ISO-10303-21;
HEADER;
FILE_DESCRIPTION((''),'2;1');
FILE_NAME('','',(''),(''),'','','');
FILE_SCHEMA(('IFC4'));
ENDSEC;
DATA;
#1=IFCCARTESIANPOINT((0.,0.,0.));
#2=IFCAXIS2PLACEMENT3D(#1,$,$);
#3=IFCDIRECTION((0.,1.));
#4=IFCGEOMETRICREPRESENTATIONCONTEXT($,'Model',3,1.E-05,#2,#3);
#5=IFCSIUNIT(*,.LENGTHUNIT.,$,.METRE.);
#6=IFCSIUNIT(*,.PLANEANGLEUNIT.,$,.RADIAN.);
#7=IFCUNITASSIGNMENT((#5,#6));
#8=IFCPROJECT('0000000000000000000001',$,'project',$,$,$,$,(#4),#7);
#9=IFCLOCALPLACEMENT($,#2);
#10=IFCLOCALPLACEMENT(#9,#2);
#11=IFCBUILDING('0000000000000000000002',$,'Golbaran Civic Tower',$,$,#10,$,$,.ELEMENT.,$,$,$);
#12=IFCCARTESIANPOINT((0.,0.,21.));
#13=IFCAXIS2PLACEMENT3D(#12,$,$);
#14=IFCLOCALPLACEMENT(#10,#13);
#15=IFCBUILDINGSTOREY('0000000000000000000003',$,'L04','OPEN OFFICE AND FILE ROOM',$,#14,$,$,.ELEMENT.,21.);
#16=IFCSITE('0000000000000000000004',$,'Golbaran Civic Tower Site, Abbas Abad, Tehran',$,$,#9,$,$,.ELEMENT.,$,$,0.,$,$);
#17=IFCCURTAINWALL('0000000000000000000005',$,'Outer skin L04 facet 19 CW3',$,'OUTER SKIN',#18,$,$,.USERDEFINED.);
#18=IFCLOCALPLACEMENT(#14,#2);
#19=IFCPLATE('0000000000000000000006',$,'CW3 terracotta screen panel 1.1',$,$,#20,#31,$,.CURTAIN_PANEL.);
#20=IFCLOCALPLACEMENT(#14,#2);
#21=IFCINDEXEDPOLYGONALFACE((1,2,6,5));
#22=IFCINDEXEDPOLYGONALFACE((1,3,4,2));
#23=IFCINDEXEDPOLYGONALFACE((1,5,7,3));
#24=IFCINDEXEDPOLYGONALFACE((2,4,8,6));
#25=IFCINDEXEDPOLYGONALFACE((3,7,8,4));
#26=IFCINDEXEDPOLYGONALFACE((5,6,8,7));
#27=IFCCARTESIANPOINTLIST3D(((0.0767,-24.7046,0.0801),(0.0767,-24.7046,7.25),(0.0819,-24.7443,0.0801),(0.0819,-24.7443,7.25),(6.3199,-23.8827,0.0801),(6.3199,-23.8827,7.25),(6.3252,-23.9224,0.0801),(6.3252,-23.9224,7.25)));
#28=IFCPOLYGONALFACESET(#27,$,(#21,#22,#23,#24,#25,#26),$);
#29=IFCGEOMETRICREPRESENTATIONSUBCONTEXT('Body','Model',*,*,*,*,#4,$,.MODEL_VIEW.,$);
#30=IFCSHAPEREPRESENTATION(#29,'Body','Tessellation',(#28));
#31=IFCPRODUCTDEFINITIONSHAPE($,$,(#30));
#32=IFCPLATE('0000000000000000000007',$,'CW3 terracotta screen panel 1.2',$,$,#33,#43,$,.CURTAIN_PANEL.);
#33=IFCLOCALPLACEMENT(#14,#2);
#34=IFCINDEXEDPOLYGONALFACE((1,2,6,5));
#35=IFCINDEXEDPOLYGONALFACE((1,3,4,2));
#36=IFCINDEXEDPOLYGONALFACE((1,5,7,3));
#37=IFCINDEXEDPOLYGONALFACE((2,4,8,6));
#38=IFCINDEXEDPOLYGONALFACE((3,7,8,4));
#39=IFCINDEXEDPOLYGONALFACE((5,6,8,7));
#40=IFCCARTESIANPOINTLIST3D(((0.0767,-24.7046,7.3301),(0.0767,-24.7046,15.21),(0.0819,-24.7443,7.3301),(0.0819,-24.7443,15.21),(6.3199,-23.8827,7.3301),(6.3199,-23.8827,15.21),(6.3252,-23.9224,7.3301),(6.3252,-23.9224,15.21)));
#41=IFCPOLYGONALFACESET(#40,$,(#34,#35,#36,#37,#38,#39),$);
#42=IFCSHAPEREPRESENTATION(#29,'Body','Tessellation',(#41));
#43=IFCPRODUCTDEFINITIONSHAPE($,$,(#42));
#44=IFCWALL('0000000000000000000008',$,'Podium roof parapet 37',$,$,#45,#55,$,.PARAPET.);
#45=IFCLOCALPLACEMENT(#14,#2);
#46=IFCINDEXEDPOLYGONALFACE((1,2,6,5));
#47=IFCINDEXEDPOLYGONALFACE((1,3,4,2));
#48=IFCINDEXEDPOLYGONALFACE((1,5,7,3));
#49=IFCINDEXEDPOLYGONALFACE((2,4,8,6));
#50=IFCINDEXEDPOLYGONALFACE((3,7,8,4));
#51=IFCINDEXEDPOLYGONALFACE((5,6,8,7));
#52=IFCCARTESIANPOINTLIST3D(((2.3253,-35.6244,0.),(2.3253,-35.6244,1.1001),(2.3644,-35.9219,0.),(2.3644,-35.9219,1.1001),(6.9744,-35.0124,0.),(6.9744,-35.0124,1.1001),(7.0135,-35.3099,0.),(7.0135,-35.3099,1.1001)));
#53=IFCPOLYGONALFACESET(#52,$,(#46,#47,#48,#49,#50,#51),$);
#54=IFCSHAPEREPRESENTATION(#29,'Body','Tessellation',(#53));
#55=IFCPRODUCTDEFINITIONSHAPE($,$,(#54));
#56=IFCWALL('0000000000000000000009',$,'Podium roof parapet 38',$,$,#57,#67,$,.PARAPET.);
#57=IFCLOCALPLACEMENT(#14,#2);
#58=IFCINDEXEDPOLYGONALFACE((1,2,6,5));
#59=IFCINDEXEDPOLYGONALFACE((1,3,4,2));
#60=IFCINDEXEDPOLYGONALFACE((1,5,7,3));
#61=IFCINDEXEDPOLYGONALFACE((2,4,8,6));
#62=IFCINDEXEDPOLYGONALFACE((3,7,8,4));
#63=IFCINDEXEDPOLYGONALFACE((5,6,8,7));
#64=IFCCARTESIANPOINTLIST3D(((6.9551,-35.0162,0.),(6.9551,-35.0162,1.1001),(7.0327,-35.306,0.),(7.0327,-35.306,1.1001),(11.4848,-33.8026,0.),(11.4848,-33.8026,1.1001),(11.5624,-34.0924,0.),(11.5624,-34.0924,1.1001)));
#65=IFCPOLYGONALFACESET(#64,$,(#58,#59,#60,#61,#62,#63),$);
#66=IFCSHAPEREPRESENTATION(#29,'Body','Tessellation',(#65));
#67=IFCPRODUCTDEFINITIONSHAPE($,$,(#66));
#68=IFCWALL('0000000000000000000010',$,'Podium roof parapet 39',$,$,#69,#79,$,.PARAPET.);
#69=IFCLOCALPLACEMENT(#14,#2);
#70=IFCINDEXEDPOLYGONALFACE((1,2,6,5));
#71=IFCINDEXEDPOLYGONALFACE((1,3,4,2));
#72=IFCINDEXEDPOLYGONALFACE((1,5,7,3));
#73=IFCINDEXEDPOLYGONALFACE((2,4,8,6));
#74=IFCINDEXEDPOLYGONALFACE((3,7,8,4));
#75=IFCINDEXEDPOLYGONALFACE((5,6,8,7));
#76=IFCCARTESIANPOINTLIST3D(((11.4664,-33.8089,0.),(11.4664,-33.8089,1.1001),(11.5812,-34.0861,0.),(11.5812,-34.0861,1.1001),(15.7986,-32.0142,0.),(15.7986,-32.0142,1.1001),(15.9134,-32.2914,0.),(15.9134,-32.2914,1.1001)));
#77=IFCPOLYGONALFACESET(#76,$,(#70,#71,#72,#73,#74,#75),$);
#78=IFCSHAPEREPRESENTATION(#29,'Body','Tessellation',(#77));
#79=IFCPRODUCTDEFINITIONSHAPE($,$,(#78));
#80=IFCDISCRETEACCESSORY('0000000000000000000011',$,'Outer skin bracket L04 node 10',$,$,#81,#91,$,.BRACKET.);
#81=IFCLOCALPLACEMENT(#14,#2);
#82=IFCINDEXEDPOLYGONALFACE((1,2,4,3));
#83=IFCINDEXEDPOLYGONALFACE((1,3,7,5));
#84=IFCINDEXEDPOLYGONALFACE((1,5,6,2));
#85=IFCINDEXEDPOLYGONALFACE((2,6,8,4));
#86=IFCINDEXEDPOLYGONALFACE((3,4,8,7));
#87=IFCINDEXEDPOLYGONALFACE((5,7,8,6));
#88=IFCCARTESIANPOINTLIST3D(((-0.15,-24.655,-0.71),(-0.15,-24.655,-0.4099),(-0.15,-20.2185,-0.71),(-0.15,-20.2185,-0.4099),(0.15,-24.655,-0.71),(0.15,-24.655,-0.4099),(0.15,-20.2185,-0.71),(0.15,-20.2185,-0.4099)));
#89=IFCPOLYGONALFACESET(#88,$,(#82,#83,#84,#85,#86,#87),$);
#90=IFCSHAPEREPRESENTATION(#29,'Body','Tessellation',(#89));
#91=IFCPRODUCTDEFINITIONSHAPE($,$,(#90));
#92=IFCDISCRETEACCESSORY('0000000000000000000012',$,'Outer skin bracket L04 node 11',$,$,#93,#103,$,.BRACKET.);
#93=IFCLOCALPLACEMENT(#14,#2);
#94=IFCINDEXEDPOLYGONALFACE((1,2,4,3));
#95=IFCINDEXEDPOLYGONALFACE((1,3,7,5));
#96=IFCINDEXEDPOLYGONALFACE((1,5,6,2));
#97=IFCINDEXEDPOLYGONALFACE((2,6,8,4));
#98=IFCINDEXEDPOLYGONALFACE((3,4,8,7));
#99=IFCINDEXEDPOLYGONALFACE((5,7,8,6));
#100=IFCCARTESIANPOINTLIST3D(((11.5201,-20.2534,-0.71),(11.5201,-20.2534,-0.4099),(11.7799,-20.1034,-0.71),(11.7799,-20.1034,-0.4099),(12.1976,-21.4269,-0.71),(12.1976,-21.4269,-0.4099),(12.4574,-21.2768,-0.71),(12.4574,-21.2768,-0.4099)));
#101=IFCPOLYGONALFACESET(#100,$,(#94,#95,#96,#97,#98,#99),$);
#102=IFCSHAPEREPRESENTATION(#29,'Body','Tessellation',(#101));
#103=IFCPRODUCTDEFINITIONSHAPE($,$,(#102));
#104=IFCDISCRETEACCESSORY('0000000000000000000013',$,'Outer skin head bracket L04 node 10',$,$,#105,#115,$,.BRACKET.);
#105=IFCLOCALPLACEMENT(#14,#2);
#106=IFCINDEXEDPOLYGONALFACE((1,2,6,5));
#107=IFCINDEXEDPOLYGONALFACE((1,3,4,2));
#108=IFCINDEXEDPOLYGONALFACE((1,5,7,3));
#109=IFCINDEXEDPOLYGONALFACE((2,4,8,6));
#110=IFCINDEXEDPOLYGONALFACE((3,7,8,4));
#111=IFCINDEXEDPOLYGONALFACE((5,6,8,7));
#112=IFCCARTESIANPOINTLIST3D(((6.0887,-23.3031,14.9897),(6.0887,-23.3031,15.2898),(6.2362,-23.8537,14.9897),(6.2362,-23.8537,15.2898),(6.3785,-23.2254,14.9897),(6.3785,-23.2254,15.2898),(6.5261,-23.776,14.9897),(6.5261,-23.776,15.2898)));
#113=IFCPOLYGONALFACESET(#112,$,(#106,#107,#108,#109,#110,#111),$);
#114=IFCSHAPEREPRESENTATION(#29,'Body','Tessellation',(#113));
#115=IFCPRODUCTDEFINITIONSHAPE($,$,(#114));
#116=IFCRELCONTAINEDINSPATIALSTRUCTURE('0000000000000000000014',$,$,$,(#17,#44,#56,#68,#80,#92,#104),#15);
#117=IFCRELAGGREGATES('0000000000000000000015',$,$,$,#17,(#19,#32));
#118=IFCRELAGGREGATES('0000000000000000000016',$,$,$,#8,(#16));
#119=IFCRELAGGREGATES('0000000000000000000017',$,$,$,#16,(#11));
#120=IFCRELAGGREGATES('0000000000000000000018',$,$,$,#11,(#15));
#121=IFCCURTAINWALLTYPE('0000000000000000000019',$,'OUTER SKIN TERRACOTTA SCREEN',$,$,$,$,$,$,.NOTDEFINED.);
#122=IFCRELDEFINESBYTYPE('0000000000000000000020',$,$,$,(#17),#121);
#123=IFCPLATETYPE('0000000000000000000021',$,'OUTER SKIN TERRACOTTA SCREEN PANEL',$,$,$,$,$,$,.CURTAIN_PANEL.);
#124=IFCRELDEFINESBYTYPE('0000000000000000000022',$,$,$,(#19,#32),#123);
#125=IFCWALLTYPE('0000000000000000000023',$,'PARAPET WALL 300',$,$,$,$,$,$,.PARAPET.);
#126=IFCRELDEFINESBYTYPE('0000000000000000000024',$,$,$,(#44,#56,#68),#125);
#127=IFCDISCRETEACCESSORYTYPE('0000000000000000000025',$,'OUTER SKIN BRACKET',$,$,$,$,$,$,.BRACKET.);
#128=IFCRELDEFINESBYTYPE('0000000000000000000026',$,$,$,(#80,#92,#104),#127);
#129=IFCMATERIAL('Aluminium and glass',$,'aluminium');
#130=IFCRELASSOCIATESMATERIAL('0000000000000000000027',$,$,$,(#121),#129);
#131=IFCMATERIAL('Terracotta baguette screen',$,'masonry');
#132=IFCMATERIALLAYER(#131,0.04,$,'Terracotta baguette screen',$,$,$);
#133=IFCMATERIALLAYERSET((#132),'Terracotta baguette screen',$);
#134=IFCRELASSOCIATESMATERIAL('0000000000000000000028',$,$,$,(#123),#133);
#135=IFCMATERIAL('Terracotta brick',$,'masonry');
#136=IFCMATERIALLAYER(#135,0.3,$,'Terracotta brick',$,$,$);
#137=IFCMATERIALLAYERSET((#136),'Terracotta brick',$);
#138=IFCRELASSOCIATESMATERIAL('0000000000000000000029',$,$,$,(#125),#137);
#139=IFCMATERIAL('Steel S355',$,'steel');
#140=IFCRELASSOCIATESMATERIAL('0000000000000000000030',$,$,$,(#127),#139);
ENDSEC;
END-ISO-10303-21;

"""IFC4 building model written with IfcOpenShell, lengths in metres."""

from ifc_helpers import new_model, si_unit, direction, frame, frame_2d, origin, origin_2d, place, context, subcontext, project, spatial, rectangle, extrude, material, layer, layer_set, type_object, element, aggregate, save


model = new_model("IFC4")

# Units and contexts
model_context = context("Model", 3, precision=1e-05, world=origin(), true_north=direction((0.0, 1.0)))
body_context = subcontext(model_context, "Body", "Model", "MODEL_VIEW")
ifc_project = project(units=[si_unit("LENGTHUNIT", "METRE"), si_unit("PLANEANGLEUNIT", "RADIAN")], contexts=[model_context])

# Site, building, storey
site_placement = place(None, origin())
site = spatial("IfcSite", under=ifc_project, at=site_placement, Name="Golbaran Civic Tower Site, Abbas Abad, Tehran", CompositionType="ELEMENT", RefElevation=0.0)
building_placement = place(site_placement, origin())
building = spatial("IfcBuilding", under=site, at=building_placement, Name="Golbaran Civic Tower", CompositionType="ELEMENT")
storey_placement = place(building_placement, frame((0.0, 0.0, 21.0)))
storey = spatial("IfcBuildingStorey", under=building, at=storey_placement, Name="L04", Description="OPEN OFFICE AND FILE ROOM", CompositionType="ELEMENT", Elevation=21.0)

# Shared definitions
ifc_material_1 = material(Name="Aluminium and glass", Category="aluminium")

# Curtain wall
curtain_wall_type_1 = type_object("IfcCurtainWallType", Name="OUTER SKIN TERRACOTTA SCREEN", PredefinedType="NOTDEFINED", material=ifc_material_1)
curtain_wall_1_placement = place(storey_placement, origin())
curtain_wall_1 = element("IfcCurtainWall", 1, at=curtain_wall_1_placement, inside=storey, type_object=curtain_wall_type_1, Name="Outer skin L04 facet 19 CW3", ObjectType="OUTER SKIN", PredefinedType="USERDEFINED")

# Plates
ifc_material_2 = material(Name="Terracotta baguette screen", Category="masonry")
ifc_layer_1 = layer(ifc_material_2, 0.04, Name="Terracotta baguette screen")
ifc_layer_set_1 = layer_set([ifc_layer_1], Name="Terracotta baguette screen")
plate_type_1 = type_object("IfcPlateType", Name="OUTER SKIN TERRACOTTA SCREEN PANEL", PredefinedType="CURTAIN_PANEL", material=ifc_layer_set_1)
plate_1_placement = place(storey_placement, frame((3.2009, -24.3135, 0.0801), z_axis=(0.0, 0.0, 1.0), x_axis=(0.991445, 0.130526, 0.0)))
plate_1 = element("IfcPlate", 2, at=plate_1_placement, type_object=plate_type_1, Name="CW3 terracotta screen panel 1.1", PredefinedType="CURTAIN_PANEL", context=body_context, shape_type="SweptSolid", body=[
    extrude(rectangle(XDim=6.2971, YDim=0.04, at=origin_2d()), origin(), (0.0, 0.0, 1.0), 7.1699),
])
plate_2_placement = place(storey_placement, frame((3.2009, -24.3135, 7.3301), z_axis=(0.0, 0.0, 1.0), x_axis=(0.991445, 0.130526, 0.0)))
plate_2 = element("IfcPlate", 3, at=plate_2_placement, type_object=plate_type_1, Name="CW3 terracotta screen panel 1.2", PredefinedType="CURTAIN_PANEL", context=body_context, shape_type="SweptSolid", body=[
    extrude(rectangle(XDim=6.2971, YDim=0.04, at=origin_2d()), origin(), (0.0, 0.0, 1.0), 7.8799),
])
aggregate(curtain_wall_1, [plate_1, plate_2])

# Walls
ifc_material_3 = material(Name="Terracotta brick", Category="masonry")
ifc_layer_2 = layer(ifc_material_3, 0.3, Name="Terracotta brick")
ifc_layer_set_2 = layer_set([ifc_layer_2], Name="Terracotta brick")
wall_type = type_object("IfcWallType", Name="PARAPET WALL 300", PredefinedType="PARAPET", material=ifc_layer_set_2)
wall_1_placement = place(storey_placement, frame((2.3447, -35.7732, 0.0), z_axis=(0.0, 0.0, 1.0), x_axis=(0.991445, 0.130523, 0.0)))
element("IfcWall", 4, at=wall_1_placement, inside=storey, type_object=wall_type, Name="Podium roof parapet 37", PredefinedType="PARAPET", context=body_context, shape_type="SweptSolid", body=[
    extrude(rectangle(XDim=4.6892, YDim=0.3, at=frame_2d((2.3447, 0.0))), origin(), (0.0, 0.0, 1.0), 1.1001),
])
wall_2_placement = place(storey_placement, frame((6.9939, -35.1611, 0.0), z_axis=(0.0, 0.0, 1.0), x_axis=(0.965933, 0.258793, 0.0)))
element("IfcWall", 5, at=wall_2_placement, inside=storey, type_object=wall_type, Name="Podium roof parapet 38", PredefinedType="PARAPET", context=body_context, shape_type="SweptSolid", body=[
    extrude(rectangle(XDim=4.6895, YDim=0.3, at=frame_2d((2.3447, 0.0))), origin(), (0.0, 0.0, 1.0), 1.1001),
])
wall_3_placement = place(storey_placement, frame((11.5237, -33.9475, 0.0), z_axis=(0.0, 0.0, 1.0), x_axis=(0.923865, 0.382718, 0.0)))
element("IfcWall", 6, at=wall_3_placement, inside=storey, type_object=wall_type, Name="Podium roof parapet 39", PredefinedType="PARAPET", context=body_context, shape_type="SweptSolid", body=[
    extrude(rectangle(XDim=4.6892, YDim=0.3, at=frame_2d((2.3447, 0.0))), origin(), (0.0, 0.0, 1.0), 1.1001),
])

# Discrete accessories
ifc_material_4 = material(Name="Steel S355", Category="steel")
discrete_accessory_type = type_object("IfcDiscreteAccessoryType", Name="OUTER SKIN BRACKET", PredefinedType="BRACKET", material=ifc_material_4)
discrete_accessory_1_placement = place(storey_placement, frame((0.0, -22.4368, -0.71), z_axis=(0.0, 0.0, 1.0), x_axis=(0.0, -1.0, 0.0)))
element("IfcDiscreteAccessory", 7, at=discrete_accessory_1_placement, inside=storey, type_object=discrete_accessory_type, Name="Outer skin bracket L04 node 10", PredefinedType="BRACKET", context=body_context, shape_type="SweptSolid", body=[
    extrude(rectangle(XDim=4.4365, YDim=0.3, at=origin_2d()), origin(), (0.0, 0.0, 1.0), 0.3),
])
discrete_accessory_2_placement = place(storey_placement, frame((11.9888, -20.7651, -0.71), z_axis=(0.0, 0.0, 1.0), x_axis=(0.5, -0.866025, 0.0)))
element("IfcDiscreteAccessory", 8, at=discrete_accessory_2_placement, inside=storey, type_object=discrete_accessory_type, Name="Outer skin bracket L04 node 11", PredefinedType="BRACKET", context=body_context, shape_type="SweptSolid", body=[
    extrude(rectangle(XDim=1.355, YDim=0.3, at=origin_2d()), origin(), (0.0, 0.0, 1.0), 0.3),
])
discrete_accessory_3_placement = place(storey_placement, frame((6.3074, -23.5396, 14.9897), z_axis=(0.0, 0.0, 1.0), x_axis=(0.258819, -0.965926, 0.0)))
element("IfcDiscreteAccessory", 9, at=discrete_accessory_3_placement, inside=storey, type_object=discrete_accessory_type, Name="Outer skin head bracket L04 node 10", PredefinedType="BRACKET", context=body_context, shape_type="SweptSolid", body=[
    extrude(rectangle(XDim=0.5701, YDim=0.3, at=origin_2d()), origin(), (0.0, 0.0, 1.0), 0.3),
])

save(model, "model.ifc")
